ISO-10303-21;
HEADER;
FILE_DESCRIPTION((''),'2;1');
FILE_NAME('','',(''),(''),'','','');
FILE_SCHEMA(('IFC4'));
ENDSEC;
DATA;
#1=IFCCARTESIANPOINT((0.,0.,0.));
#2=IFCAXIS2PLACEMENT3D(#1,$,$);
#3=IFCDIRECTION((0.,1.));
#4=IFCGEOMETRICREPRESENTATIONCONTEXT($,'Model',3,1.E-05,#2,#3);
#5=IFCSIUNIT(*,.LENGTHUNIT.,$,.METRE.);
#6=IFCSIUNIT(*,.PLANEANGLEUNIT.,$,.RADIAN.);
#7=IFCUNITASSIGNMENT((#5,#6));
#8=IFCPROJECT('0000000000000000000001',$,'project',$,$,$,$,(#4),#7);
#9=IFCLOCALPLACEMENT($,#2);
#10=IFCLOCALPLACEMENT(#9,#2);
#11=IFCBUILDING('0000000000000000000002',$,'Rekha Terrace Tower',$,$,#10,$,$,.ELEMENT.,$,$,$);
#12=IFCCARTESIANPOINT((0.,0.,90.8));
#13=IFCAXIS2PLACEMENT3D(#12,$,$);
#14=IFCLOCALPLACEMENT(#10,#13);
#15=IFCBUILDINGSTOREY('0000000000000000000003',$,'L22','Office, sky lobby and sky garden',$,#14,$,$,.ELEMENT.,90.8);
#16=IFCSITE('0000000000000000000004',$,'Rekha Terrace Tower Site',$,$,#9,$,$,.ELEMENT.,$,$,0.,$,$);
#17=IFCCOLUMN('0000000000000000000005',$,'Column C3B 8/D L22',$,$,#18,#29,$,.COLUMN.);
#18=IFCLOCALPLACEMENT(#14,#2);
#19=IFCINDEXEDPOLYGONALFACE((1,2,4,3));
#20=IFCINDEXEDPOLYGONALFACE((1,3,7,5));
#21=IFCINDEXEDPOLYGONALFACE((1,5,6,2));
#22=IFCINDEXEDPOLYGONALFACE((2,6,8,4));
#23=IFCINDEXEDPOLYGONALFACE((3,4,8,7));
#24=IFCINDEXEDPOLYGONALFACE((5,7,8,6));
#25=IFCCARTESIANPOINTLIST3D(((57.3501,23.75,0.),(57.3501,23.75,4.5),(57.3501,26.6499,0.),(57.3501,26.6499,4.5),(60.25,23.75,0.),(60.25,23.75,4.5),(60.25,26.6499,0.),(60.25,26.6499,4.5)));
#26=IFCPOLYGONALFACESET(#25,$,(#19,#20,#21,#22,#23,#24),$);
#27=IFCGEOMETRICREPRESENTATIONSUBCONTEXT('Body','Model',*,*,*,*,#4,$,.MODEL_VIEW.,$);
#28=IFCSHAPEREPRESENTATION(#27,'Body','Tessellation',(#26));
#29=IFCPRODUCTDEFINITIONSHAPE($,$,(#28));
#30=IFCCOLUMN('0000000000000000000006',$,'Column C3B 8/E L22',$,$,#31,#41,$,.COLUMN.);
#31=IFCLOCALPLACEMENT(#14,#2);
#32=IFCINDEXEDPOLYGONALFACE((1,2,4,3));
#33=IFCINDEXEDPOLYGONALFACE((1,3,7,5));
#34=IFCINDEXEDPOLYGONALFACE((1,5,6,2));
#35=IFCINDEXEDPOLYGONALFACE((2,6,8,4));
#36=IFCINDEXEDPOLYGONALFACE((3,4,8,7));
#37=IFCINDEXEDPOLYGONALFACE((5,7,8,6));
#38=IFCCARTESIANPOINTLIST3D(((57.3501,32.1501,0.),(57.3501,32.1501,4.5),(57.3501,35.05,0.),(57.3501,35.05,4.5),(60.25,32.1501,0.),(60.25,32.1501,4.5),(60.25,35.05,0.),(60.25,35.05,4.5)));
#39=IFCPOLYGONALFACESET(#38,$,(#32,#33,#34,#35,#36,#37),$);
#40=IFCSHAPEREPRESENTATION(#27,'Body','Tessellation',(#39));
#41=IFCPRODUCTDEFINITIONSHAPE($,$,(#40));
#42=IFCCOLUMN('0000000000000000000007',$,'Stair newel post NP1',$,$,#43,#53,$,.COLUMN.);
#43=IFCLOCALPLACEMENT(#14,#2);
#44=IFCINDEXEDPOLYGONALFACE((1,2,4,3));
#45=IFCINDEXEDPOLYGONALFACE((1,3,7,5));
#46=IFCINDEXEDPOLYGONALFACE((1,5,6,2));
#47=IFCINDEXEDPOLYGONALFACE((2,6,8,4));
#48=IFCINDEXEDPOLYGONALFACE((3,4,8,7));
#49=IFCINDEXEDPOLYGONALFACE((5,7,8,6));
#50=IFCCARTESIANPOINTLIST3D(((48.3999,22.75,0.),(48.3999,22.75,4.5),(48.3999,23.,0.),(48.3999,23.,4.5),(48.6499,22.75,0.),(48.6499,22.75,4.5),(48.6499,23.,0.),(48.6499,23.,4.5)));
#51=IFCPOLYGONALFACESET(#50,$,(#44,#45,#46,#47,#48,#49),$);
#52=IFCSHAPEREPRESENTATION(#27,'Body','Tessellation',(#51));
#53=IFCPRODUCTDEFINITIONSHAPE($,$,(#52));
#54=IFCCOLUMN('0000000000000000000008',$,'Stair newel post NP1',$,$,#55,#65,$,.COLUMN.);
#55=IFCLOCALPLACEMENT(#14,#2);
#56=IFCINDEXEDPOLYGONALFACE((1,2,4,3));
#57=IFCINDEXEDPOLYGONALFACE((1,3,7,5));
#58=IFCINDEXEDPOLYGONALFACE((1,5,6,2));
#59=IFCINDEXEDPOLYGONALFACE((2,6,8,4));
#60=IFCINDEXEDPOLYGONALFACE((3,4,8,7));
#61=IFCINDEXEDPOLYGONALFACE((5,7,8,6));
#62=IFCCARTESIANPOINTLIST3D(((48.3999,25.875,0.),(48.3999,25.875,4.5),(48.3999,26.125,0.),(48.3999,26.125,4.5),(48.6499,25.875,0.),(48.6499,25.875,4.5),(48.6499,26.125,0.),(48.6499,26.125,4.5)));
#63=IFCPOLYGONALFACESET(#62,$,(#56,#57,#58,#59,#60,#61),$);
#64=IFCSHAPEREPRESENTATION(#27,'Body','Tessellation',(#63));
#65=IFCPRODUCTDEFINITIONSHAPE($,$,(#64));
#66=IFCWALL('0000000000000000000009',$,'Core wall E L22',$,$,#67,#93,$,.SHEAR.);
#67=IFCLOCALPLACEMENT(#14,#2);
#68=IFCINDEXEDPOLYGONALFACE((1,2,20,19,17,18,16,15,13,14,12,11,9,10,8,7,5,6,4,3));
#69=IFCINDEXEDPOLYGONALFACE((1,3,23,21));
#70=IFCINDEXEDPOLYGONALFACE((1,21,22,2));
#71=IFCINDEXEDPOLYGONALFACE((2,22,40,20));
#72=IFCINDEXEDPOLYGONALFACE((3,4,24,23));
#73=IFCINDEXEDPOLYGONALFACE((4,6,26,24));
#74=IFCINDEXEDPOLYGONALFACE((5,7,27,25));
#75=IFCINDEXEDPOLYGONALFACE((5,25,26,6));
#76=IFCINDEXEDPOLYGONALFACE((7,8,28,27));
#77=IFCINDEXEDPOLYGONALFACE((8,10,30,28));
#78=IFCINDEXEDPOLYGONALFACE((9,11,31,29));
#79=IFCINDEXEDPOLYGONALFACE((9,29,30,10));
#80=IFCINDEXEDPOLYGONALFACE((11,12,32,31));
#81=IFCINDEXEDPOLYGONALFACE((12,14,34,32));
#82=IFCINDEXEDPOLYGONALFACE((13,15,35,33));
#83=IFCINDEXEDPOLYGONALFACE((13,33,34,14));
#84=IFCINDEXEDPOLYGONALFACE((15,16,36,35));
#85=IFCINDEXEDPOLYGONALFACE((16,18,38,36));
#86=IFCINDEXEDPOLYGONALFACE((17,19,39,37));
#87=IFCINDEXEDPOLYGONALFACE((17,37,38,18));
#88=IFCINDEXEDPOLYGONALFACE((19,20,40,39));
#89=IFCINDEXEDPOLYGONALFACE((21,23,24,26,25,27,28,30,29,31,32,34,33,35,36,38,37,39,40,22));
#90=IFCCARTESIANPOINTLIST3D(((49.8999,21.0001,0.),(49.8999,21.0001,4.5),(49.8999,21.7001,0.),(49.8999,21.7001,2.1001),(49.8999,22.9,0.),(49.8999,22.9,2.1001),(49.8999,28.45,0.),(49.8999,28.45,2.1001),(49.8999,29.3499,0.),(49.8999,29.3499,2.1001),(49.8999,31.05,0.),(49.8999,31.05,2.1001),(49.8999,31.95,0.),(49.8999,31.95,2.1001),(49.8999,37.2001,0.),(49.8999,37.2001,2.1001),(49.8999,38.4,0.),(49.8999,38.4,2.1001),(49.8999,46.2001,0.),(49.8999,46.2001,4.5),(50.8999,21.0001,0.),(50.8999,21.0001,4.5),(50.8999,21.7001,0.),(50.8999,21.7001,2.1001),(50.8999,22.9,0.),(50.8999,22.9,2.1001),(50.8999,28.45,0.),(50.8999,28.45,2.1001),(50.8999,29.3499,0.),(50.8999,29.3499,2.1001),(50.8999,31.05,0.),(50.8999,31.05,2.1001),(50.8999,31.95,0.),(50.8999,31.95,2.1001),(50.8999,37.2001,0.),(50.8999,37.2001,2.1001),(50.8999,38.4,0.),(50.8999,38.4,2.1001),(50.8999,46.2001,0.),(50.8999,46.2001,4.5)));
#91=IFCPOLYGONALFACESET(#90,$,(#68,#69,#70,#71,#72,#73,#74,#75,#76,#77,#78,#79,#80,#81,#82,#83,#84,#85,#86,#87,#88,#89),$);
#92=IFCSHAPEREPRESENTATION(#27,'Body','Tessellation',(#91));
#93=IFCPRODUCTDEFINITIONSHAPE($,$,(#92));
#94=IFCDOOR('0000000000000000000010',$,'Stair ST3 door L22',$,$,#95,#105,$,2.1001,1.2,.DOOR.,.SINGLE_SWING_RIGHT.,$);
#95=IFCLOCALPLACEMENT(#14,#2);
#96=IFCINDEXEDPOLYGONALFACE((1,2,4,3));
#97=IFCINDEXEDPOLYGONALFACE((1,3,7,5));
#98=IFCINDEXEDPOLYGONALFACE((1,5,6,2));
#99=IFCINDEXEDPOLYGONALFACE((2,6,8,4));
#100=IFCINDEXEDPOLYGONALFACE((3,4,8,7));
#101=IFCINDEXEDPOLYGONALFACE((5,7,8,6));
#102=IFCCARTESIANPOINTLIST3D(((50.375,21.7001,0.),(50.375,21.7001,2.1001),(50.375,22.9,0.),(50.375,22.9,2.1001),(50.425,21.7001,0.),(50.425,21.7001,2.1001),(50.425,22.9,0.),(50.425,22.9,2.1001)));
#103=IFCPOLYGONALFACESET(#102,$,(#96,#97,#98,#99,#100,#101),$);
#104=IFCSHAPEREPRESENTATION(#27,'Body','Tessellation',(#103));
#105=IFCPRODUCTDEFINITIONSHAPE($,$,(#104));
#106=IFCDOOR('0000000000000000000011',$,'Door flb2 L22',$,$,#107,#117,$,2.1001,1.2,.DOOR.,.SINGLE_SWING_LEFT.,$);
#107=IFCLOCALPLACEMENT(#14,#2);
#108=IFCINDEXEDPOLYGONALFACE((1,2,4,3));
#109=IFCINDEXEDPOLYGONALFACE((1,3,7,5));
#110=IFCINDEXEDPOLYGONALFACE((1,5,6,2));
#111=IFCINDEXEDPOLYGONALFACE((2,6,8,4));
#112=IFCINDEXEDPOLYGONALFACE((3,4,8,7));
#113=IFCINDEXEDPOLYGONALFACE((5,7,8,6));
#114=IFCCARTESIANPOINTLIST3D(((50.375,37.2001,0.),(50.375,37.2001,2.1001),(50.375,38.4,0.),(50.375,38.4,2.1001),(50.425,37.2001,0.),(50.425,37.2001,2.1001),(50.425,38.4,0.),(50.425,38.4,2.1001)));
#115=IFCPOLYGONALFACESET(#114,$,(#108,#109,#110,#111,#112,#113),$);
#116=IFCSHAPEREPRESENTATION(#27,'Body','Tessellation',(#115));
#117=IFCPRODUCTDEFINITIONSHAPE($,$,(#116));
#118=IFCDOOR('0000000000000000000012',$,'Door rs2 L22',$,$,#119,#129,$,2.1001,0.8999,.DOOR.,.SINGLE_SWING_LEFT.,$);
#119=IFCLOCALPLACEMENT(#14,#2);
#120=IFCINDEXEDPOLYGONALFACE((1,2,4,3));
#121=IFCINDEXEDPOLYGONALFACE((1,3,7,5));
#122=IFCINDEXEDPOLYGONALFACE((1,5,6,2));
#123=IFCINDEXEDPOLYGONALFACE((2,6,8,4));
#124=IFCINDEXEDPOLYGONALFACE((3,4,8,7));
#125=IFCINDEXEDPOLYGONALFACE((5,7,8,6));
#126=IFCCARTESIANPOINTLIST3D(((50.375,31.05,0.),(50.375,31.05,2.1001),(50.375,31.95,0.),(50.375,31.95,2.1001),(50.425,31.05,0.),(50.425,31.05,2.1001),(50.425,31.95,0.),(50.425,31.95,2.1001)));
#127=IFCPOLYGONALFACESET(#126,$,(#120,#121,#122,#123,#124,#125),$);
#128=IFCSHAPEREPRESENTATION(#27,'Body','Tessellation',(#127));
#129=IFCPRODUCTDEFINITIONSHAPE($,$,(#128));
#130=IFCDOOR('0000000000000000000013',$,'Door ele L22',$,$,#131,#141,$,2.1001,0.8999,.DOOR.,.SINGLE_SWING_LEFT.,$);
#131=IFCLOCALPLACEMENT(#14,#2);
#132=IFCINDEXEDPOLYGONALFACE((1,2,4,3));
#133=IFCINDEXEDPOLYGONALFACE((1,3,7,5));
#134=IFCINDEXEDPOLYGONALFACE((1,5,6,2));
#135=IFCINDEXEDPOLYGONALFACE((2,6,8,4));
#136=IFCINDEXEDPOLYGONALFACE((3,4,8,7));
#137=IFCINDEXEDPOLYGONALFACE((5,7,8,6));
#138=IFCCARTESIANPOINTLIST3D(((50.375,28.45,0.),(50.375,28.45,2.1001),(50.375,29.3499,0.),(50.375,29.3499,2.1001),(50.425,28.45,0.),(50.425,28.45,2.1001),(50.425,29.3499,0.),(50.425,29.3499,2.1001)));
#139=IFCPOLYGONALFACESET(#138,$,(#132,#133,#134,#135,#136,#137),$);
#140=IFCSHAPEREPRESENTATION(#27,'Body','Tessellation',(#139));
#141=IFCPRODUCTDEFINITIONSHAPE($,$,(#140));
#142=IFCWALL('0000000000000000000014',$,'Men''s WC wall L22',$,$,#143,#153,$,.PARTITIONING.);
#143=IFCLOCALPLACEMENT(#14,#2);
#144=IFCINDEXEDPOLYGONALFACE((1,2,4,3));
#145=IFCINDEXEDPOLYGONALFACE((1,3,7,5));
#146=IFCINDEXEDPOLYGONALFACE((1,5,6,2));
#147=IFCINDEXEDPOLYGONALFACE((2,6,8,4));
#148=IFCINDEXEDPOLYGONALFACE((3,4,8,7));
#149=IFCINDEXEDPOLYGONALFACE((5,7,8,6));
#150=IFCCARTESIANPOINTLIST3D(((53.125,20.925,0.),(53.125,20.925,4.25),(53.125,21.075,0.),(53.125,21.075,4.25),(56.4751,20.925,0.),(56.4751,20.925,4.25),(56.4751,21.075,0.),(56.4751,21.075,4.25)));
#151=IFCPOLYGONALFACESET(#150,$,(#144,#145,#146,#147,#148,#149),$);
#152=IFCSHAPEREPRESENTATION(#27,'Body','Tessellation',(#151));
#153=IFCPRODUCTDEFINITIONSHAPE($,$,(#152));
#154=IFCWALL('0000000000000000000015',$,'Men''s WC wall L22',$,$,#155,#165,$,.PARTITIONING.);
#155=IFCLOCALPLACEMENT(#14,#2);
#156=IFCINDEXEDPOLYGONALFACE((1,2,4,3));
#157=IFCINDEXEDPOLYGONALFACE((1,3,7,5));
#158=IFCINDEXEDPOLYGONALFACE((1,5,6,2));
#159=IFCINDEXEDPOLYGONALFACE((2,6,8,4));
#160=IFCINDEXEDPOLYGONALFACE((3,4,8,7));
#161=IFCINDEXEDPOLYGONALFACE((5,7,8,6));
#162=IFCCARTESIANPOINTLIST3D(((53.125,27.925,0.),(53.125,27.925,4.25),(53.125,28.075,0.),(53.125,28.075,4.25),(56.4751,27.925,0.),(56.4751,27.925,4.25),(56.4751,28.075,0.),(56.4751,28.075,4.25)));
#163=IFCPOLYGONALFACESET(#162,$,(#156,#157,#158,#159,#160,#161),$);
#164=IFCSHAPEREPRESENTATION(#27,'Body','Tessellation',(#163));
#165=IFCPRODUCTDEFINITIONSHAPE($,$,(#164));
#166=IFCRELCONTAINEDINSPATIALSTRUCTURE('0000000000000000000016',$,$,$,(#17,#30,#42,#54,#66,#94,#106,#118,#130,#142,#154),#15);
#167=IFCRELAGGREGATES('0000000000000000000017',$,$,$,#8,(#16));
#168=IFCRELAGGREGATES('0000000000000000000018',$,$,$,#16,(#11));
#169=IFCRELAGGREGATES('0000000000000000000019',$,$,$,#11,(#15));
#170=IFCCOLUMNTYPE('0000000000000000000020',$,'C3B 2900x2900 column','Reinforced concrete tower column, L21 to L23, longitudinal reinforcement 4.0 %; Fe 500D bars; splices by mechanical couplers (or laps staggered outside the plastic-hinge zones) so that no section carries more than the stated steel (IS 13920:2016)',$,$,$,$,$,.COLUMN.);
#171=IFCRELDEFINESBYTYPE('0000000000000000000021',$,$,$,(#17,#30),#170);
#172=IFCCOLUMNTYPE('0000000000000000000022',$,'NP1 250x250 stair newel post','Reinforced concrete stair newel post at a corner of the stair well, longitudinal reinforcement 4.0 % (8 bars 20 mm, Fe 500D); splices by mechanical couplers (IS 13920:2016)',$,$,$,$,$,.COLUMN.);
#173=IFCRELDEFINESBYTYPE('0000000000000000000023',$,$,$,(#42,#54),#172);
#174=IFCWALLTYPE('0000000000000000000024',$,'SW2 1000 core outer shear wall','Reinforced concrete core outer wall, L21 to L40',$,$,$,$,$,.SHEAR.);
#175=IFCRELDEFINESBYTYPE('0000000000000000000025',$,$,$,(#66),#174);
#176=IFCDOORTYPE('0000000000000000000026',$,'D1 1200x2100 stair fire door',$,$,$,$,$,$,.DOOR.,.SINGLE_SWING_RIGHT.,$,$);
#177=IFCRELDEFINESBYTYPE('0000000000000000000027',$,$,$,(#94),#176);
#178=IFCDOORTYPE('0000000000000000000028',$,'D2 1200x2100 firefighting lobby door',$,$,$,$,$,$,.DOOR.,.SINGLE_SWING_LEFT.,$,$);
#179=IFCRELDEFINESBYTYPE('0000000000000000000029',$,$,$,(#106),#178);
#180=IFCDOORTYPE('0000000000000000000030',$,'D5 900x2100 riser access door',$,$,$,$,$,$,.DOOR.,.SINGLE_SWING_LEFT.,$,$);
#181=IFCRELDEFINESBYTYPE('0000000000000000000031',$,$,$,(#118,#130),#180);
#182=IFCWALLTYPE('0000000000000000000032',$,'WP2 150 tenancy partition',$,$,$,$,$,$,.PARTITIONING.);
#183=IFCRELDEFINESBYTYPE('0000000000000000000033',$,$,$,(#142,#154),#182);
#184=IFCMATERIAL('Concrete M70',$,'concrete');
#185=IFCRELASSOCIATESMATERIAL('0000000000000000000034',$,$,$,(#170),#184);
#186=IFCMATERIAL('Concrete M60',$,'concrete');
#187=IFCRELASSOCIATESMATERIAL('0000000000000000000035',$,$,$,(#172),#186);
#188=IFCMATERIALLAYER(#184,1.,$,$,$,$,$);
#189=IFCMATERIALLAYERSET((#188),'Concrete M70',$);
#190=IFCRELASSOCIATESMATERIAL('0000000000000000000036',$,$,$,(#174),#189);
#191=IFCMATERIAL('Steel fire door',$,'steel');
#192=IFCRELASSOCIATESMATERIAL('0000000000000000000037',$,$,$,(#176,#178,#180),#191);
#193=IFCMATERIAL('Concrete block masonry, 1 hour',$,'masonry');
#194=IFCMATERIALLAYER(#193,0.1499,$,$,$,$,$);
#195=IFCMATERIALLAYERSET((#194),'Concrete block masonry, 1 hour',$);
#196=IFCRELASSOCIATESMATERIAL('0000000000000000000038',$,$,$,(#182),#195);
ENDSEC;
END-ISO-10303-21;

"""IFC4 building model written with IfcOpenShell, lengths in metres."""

from ifc_helpers import new_model, si_unit, direction, frame, frame_2d, origin, origin_2d, place, context, subcontext, project, spatial, rectangle, extrude, material, layer, layer_set, material_profile, profile_set, type_object, element, fill, save


model = new_model("IFC4")

# Units and contexts
model_context = context("Model", 3, precision=1e-05, world=origin(), true_north=direction((0.0, 1.0)))
body_context = subcontext(model_context, "Body", "Model", "MODEL_VIEW")
ifc_project = project(units=[si_unit("LENGTHUNIT", "METRE"), si_unit("PLANEANGLEUNIT", "RADIAN")], contexts=[model_context])

# Site, building, storey
site_placement = place(None, origin())
site = spatial("IfcSite", under=ifc_project, at=site_placement, Name="Rekha Terrace Tower Site", CompositionType="ELEMENT", RefElevation=0.0)
building_placement = place(site_placement, origin())
building = spatial("IfcBuilding", under=site, at=building_placement, Name="Rekha Terrace Tower", CompositionType="ELEMENT")
storey_placement = place(building_placement, frame((0.0, 0.0, 90.8)))
storey = spatial("IfcBuildingStorey", under=building, at=storey_placement, Name="L22", Description="Office, sky lobby and sky garden", CompositionType="ELEMENT", Elevation=90.8)

# Columns
ifc_material_1 = material(Name="Concrete M70", Category="concrete")
ifc_material_profile_1 = material_profile(ifc_material_1, rectangle(XDim=2.8999, YDim=2.8999, at=origin_2d()), Name="RC 2900x2900")
ifc_profile_set_1 = profile_set([ifc_material_profile_1], Name="Concrete M70")
column_type_1 = type_object("IfcColumnType", Name="C3B 2900x2900 column", Description="Reinforced concrete tower column, L21 to L23, longitudinal reinforcement 4.0 %; Fe 500D bars; splices by mechanical couplers (or laps staggered outside the plastic-hinge zones) so that no section carries more than the stated steel (IS 13920:2016)", PredefinedType="COLUMN", material=ifc_profile_set_1)
for number, where, z_axis, x_axis, name in (
    (1, (58.8, 25.2, 0.0), (0.0, 0.0, 1.0), (1.0, 0.0, 0.0), "Column C3B 8/D L22"),
    (2, (58.8, 33.6001, 0.0), (0.0, 0.0, 1.0), (1.0, 0.0, 0.0), "Column C3B 8/E L22"),
):
    element("IfcColumn", number, at=place(storey_placement, frame(where, z_axis=z_axis, x_axis=x_axis)), inside=storey, type_object=column_type_1, Name=name, PredefinedType="COLUMN", context=body_context, shape_type="SweptSolid", body=[
        extrude(rectangle(XDim=2.8999, YDim=2.8999, at=origin_2d()), origin(), (0.0, 0.0, 1.0), 4.5),
    ])
ifc_material_2 = material(Name="Concrete M60", Category="concrete")
ifc_material_profile_2 = material_profile(ifc_material_2, rectangle(XDim=0.25, YDim=0.25, at=origin_2d()), Name="RC 250x250")
ifc_profile_set_2 = profile_set([ifc_material_profile_2], Name="Concrete M60")
column_type_2 = type_object("IfcColumnType", Name="NP1 250x250 stair newel post", Description="Reinforced concrete stair newel post at a corner of the stair well, longitudinal reinforcement 4.0 % (8 bars 20 mm, Fe 500D); splices by mechanical couplers (IS 13920:2016)", PredefinedType="COLUMN", material=ifc_profile_set_2)
for number, where, z_axis, x_axis, name in (
    (3, (48.5249, 22.875, 0.0), (0.0, 0.0, 1.0), (1.0, 0.0, 0.0), "Stair newel post NP1"),
    (4, (48.5249, 26.0, 0.0), (0.0, 0.0, 1.0), (1.0, 0.0, 0.0), "Stair newel post NP1"),
):
    element("IfcColumn", number, at=place(storey_placement, frame(where, z_axis=z_axis, x_axis=x_axis)), inside=storey, type_object=column_type_2, Name=name, PredefinedType="COLUMN", context=body_context, shape_type="SweptSolid", body=[
        extrude(rectangle(XDim=0.25, YDim=0.25, at=origin_2d()), origin(), (0.0, 0.0, 1.0), 4.5),
    ])

# Wall, openings, doors
ifc_layer_1 = layer(ifc_material_1, 1.0)
ifc_layer_set_1 = layer_set([ifc_layer_1], Name="Concrete M70")
wall_type_1 = type_object("IfcWallType", Name="SW2 1000 core outer shear wall", Description="Reinforced concrete core outer wall, L21 to L40", PredefinedType="SHEAR", material=ifc_layer_set_1)
wall_1_placement = place(storey_placement, frame((50.3999, 21.0, 0.0), z_axis=(0.0, 0.0, 1.0), x_axis=(0.0, 1.0, 0.0)))
wall_1 = element("IfcWall", 5, at=wall_1_placement, inside=storey, type_object=wall_type_1, Name="Core wall E L22", PredefinedType="SHEAR", context=body_context, shape_type="SweptSolid", body=[
    extrude(rectangle(XDim=25.2, YDim=1.0, at=frame_2d((12.6001, 0.0))), origin(), (0.0, 0.0, 1.0), 4.5),
])
opening_1_placement = place(wall_1_placement, frame((16.2, 0.0, 0.0)))
opening_1 = element("IfcOpeningElement", 6, at=opening_1_placement, cuts=wall_1, PredefinedType="OPENING", context=body_context, shape_type="SweptSolid", body=[
    extrude(rectangle(XDim=1.2, YDim=2.1001, at=frame_2d((0.6001, 1.05))), frame((0.0, 0.51, 0.0), z_axis=(0.0, -1.0, 0.0), x_axis=(1.0, 0.0, 0.0)), (0.0, 0.0, 1.0), 1.02),
])
opening_2_placement = place(wall_1_placement, frame((10.05, 0.0, 0.0)))
opening_2 = element("IfcOpeningElement", 7, at=opening_2_placement, cuts=wall_1, PredefinedType="OPENING", context=body_context, shape_type="SweptSolid", body=[
    extrude(rectangle(XDim=0.8999, YDim=2.1001, at=frame_2d((0.45, 1.05))), frame((0.0, 0.51, 0.0), z_axis=(0.0, -1.0, 0.0), x_axis=(1.0, 0.0, 0.0)), (0.0, 0.0, 1.0), 1.02),
])
opening_3_placement = place(wall_1_placement, frame((7.45, 0.0, 0.0)))
opening_3 = element("IfcOpeningElement", 8, at=opening_3_placement, cuts=wall_1, PredefinedType="OPENING", context=body_context, shape_type="SweptSolid", body=[
    extrude(rectangle(XDim=0.8999, YDim=2.1001, at=frame_2d((0.45, 1.05))), frame((0.0, 0.51, 0.0), z_axis=(0.0, -1.0, 0.0), x_axis=(1.0, 0.0, 0.0)), (0.0, 0.0, 1.0), 1.02),
])
opening_4_placement = place(wall_1_placement, frame((0.7, 0.0, 0.0)))
opening_4 = element("IfcOpeningElement", 9, at=opening_4_placement, cuts=wall_1, PredefinedType="OPENING", context=body_context, shape_type="SweptSolid", body=[
    extrude(rectangle(XDim=1.2, YDim=2.1001, at=frame_2d((0.6001, 1.05))), frame((0.0, 0.51, 0.0), z_axis=(0.0, -1.0, 0.0), x_axis=(1.0, 0.0, 0.0)), (0.0, 0.0, 1.0), 1.02),
])
ifc_material_3 = material(Name="Steel fire door", Category="steel")
door_type_1 = type_object("IfcDoorType", Name="D1 1200x2100 stair fire door", OperationType="SINGLE_SWING_RIGHT", PredefinedType="DOOR", material=ifc_material_3)
door_1_placement = place(opening_4_placement, origin())
door_1 = element("IfcDoor", 10, at=door_1_placement, inside=storey, type_object=door_type_1, Name="Stair ST3 door L22", OperationType="SINGLE_SWING_RIGHT", OverallHeight=2.1001, OverallWidth=1.2, PredefinedType="DOOR", context=body_context, shape_type="SweptSolid", body=[
    extrude(rectangle(XDim=1.2, YDim=2.1001, at=frame_2d((0.6001, 1.05))), frame((0.0, 0.0249, 0.0), z_axis=(0.0, -1.0, 0.0), x_axis=(1.0, 0.0, 0.0)), (0.0, 0.0, 1.0), 0.05),
])
fill(opening_4, door_1)
door_type_2 = type_object("IfcDoorType", Name="D2 1200x2100 firefighting lobby door", OperationType="SINGLE_SWING_LEFT", PredefinedType="DOOR", material=ifc_material_3)
door_2_placement = place(opening_1_placement, origin())
door_2 = element("IfcDoor", 11, at=door_2_placement, inside=storey, type_object=door_type_2, Name="Door flb2 L22", OperationType="SINGLE_SWING_LEFT", OverallHeight=2.1001, OverallWidth=1.2, PredefinedType="DOOR", context=body_context, shape_type="SweptSolid", body=[
    extrude(rectangle(XDim=1.2, YDim=2.1001, at=frame_2d((0.6001, 1.05))), frame((0.0, 0.0249, 0.0), z_axis=(0.0, -1.0, 0.0), x_axis=(1.0, 0.0, 0.0)), (0.0, 0.0, 1.0), 0.05),
])
fill(opening_1, door_2)
door_type_3 = type_object("IfcDoorType", Name="D5 900x2100 riser access door", OperationType="SINGLE_SWING_LEFT", PredefinedType="DOOR", material=ifc_material_3)
door_3_placement = place(opening_2_placement, origin())
door_3 = element("IfcDoor", 12, at=door_3_placement, inside=storey, type_object=door_type_3, Name="Door rs2 L22", OperationType="SINGLE_SWING_LEFT", OverallHeight=2.1001, OverallWidth=0.8999, PredefinedType="DOOR", context=body_context, shape_type="SweptSolid", body=[
    extrude(rectangle(XDim=0.8999, YDim=2.1001, at=frame_2d((0.45, 1.05))), frame((0.0, 0.0249, 0.0), z_axis=(0.0, -1.0, 0.0), x_axis=(1.0, 0.0, 0.0)), (0.0, 0.0, 1.0), 0.05),
])
fill(opening_2, door_3)
door_4_placement = place(opening_3_placement, origin())
door_4 = element("IfcDoor", 13, at=door_4_placement, inside=storey, type_object=door_type_3, Name="Door ele L22", OperationType="SINGLE_SWING_LEFT", OverallHeight=2.1001, OverallWidth=0.8999, PredefinedType="DOOR", context=body_context, shape_type="SweptSolid", body=[
    extrude(rectangle(XDim=0.8999, YDim=2.1001, at=frame_2d((0.45, 1.05))), frame((0.0, 0.0249, 0.0), z_axis=(0.0, -1.0, 0.0), x_axis=(1.0, 0.0, 0.0)), (0.0, 0.0, 1.0), 0.05),
])
fill(opening_3, door_4)

# Walls
ifc_material_4 = material(Name="Concrete block masonry, 1 hour", Category="masonry")
ifc_layer_2 = layer(ifc_material_4, 0.1499)
ifc_layer_set_2 = layer_set([ifc_layer_2], Name="Concrete block masonry, 1 hour")
wall_type_2 = type_object("IfcWallType", Name="WP2 150 tenancy partition", PredefinedType="PARTITIONING", material=ifc_layer_set_2)
for number, where, z_axis, x_axis, name in (
    (14, (53.125, 21.0, 0.0), (0.0, 0.0, 1.0), (1.0, 0.0, 0.0), "Men's WC wall L22"),
    (15, (53.125, 28.0, 0.0), (0.0, 0.0, 1.0), (1.0, 0.0, 0.0), "Men's WC wall L22"),
):
    element("IfcWall", number, at=place(storey_placement, frame(where, z_axis=z_axis, x_axis=x_axis)), inside=storey, type_object=wall_type_2, Name=name, PredefinedType="PARTITIONING", context=body_context, shape_type="SweptSolid", body=[
        extrude(rectangle(XDim=3.3501, YDim=0.1499, at=frame_2d((1.675, 0.0))), origin(), (0.0, 0.0, 1.0), 4.25),
    ])

save(model, "model.ifc")
